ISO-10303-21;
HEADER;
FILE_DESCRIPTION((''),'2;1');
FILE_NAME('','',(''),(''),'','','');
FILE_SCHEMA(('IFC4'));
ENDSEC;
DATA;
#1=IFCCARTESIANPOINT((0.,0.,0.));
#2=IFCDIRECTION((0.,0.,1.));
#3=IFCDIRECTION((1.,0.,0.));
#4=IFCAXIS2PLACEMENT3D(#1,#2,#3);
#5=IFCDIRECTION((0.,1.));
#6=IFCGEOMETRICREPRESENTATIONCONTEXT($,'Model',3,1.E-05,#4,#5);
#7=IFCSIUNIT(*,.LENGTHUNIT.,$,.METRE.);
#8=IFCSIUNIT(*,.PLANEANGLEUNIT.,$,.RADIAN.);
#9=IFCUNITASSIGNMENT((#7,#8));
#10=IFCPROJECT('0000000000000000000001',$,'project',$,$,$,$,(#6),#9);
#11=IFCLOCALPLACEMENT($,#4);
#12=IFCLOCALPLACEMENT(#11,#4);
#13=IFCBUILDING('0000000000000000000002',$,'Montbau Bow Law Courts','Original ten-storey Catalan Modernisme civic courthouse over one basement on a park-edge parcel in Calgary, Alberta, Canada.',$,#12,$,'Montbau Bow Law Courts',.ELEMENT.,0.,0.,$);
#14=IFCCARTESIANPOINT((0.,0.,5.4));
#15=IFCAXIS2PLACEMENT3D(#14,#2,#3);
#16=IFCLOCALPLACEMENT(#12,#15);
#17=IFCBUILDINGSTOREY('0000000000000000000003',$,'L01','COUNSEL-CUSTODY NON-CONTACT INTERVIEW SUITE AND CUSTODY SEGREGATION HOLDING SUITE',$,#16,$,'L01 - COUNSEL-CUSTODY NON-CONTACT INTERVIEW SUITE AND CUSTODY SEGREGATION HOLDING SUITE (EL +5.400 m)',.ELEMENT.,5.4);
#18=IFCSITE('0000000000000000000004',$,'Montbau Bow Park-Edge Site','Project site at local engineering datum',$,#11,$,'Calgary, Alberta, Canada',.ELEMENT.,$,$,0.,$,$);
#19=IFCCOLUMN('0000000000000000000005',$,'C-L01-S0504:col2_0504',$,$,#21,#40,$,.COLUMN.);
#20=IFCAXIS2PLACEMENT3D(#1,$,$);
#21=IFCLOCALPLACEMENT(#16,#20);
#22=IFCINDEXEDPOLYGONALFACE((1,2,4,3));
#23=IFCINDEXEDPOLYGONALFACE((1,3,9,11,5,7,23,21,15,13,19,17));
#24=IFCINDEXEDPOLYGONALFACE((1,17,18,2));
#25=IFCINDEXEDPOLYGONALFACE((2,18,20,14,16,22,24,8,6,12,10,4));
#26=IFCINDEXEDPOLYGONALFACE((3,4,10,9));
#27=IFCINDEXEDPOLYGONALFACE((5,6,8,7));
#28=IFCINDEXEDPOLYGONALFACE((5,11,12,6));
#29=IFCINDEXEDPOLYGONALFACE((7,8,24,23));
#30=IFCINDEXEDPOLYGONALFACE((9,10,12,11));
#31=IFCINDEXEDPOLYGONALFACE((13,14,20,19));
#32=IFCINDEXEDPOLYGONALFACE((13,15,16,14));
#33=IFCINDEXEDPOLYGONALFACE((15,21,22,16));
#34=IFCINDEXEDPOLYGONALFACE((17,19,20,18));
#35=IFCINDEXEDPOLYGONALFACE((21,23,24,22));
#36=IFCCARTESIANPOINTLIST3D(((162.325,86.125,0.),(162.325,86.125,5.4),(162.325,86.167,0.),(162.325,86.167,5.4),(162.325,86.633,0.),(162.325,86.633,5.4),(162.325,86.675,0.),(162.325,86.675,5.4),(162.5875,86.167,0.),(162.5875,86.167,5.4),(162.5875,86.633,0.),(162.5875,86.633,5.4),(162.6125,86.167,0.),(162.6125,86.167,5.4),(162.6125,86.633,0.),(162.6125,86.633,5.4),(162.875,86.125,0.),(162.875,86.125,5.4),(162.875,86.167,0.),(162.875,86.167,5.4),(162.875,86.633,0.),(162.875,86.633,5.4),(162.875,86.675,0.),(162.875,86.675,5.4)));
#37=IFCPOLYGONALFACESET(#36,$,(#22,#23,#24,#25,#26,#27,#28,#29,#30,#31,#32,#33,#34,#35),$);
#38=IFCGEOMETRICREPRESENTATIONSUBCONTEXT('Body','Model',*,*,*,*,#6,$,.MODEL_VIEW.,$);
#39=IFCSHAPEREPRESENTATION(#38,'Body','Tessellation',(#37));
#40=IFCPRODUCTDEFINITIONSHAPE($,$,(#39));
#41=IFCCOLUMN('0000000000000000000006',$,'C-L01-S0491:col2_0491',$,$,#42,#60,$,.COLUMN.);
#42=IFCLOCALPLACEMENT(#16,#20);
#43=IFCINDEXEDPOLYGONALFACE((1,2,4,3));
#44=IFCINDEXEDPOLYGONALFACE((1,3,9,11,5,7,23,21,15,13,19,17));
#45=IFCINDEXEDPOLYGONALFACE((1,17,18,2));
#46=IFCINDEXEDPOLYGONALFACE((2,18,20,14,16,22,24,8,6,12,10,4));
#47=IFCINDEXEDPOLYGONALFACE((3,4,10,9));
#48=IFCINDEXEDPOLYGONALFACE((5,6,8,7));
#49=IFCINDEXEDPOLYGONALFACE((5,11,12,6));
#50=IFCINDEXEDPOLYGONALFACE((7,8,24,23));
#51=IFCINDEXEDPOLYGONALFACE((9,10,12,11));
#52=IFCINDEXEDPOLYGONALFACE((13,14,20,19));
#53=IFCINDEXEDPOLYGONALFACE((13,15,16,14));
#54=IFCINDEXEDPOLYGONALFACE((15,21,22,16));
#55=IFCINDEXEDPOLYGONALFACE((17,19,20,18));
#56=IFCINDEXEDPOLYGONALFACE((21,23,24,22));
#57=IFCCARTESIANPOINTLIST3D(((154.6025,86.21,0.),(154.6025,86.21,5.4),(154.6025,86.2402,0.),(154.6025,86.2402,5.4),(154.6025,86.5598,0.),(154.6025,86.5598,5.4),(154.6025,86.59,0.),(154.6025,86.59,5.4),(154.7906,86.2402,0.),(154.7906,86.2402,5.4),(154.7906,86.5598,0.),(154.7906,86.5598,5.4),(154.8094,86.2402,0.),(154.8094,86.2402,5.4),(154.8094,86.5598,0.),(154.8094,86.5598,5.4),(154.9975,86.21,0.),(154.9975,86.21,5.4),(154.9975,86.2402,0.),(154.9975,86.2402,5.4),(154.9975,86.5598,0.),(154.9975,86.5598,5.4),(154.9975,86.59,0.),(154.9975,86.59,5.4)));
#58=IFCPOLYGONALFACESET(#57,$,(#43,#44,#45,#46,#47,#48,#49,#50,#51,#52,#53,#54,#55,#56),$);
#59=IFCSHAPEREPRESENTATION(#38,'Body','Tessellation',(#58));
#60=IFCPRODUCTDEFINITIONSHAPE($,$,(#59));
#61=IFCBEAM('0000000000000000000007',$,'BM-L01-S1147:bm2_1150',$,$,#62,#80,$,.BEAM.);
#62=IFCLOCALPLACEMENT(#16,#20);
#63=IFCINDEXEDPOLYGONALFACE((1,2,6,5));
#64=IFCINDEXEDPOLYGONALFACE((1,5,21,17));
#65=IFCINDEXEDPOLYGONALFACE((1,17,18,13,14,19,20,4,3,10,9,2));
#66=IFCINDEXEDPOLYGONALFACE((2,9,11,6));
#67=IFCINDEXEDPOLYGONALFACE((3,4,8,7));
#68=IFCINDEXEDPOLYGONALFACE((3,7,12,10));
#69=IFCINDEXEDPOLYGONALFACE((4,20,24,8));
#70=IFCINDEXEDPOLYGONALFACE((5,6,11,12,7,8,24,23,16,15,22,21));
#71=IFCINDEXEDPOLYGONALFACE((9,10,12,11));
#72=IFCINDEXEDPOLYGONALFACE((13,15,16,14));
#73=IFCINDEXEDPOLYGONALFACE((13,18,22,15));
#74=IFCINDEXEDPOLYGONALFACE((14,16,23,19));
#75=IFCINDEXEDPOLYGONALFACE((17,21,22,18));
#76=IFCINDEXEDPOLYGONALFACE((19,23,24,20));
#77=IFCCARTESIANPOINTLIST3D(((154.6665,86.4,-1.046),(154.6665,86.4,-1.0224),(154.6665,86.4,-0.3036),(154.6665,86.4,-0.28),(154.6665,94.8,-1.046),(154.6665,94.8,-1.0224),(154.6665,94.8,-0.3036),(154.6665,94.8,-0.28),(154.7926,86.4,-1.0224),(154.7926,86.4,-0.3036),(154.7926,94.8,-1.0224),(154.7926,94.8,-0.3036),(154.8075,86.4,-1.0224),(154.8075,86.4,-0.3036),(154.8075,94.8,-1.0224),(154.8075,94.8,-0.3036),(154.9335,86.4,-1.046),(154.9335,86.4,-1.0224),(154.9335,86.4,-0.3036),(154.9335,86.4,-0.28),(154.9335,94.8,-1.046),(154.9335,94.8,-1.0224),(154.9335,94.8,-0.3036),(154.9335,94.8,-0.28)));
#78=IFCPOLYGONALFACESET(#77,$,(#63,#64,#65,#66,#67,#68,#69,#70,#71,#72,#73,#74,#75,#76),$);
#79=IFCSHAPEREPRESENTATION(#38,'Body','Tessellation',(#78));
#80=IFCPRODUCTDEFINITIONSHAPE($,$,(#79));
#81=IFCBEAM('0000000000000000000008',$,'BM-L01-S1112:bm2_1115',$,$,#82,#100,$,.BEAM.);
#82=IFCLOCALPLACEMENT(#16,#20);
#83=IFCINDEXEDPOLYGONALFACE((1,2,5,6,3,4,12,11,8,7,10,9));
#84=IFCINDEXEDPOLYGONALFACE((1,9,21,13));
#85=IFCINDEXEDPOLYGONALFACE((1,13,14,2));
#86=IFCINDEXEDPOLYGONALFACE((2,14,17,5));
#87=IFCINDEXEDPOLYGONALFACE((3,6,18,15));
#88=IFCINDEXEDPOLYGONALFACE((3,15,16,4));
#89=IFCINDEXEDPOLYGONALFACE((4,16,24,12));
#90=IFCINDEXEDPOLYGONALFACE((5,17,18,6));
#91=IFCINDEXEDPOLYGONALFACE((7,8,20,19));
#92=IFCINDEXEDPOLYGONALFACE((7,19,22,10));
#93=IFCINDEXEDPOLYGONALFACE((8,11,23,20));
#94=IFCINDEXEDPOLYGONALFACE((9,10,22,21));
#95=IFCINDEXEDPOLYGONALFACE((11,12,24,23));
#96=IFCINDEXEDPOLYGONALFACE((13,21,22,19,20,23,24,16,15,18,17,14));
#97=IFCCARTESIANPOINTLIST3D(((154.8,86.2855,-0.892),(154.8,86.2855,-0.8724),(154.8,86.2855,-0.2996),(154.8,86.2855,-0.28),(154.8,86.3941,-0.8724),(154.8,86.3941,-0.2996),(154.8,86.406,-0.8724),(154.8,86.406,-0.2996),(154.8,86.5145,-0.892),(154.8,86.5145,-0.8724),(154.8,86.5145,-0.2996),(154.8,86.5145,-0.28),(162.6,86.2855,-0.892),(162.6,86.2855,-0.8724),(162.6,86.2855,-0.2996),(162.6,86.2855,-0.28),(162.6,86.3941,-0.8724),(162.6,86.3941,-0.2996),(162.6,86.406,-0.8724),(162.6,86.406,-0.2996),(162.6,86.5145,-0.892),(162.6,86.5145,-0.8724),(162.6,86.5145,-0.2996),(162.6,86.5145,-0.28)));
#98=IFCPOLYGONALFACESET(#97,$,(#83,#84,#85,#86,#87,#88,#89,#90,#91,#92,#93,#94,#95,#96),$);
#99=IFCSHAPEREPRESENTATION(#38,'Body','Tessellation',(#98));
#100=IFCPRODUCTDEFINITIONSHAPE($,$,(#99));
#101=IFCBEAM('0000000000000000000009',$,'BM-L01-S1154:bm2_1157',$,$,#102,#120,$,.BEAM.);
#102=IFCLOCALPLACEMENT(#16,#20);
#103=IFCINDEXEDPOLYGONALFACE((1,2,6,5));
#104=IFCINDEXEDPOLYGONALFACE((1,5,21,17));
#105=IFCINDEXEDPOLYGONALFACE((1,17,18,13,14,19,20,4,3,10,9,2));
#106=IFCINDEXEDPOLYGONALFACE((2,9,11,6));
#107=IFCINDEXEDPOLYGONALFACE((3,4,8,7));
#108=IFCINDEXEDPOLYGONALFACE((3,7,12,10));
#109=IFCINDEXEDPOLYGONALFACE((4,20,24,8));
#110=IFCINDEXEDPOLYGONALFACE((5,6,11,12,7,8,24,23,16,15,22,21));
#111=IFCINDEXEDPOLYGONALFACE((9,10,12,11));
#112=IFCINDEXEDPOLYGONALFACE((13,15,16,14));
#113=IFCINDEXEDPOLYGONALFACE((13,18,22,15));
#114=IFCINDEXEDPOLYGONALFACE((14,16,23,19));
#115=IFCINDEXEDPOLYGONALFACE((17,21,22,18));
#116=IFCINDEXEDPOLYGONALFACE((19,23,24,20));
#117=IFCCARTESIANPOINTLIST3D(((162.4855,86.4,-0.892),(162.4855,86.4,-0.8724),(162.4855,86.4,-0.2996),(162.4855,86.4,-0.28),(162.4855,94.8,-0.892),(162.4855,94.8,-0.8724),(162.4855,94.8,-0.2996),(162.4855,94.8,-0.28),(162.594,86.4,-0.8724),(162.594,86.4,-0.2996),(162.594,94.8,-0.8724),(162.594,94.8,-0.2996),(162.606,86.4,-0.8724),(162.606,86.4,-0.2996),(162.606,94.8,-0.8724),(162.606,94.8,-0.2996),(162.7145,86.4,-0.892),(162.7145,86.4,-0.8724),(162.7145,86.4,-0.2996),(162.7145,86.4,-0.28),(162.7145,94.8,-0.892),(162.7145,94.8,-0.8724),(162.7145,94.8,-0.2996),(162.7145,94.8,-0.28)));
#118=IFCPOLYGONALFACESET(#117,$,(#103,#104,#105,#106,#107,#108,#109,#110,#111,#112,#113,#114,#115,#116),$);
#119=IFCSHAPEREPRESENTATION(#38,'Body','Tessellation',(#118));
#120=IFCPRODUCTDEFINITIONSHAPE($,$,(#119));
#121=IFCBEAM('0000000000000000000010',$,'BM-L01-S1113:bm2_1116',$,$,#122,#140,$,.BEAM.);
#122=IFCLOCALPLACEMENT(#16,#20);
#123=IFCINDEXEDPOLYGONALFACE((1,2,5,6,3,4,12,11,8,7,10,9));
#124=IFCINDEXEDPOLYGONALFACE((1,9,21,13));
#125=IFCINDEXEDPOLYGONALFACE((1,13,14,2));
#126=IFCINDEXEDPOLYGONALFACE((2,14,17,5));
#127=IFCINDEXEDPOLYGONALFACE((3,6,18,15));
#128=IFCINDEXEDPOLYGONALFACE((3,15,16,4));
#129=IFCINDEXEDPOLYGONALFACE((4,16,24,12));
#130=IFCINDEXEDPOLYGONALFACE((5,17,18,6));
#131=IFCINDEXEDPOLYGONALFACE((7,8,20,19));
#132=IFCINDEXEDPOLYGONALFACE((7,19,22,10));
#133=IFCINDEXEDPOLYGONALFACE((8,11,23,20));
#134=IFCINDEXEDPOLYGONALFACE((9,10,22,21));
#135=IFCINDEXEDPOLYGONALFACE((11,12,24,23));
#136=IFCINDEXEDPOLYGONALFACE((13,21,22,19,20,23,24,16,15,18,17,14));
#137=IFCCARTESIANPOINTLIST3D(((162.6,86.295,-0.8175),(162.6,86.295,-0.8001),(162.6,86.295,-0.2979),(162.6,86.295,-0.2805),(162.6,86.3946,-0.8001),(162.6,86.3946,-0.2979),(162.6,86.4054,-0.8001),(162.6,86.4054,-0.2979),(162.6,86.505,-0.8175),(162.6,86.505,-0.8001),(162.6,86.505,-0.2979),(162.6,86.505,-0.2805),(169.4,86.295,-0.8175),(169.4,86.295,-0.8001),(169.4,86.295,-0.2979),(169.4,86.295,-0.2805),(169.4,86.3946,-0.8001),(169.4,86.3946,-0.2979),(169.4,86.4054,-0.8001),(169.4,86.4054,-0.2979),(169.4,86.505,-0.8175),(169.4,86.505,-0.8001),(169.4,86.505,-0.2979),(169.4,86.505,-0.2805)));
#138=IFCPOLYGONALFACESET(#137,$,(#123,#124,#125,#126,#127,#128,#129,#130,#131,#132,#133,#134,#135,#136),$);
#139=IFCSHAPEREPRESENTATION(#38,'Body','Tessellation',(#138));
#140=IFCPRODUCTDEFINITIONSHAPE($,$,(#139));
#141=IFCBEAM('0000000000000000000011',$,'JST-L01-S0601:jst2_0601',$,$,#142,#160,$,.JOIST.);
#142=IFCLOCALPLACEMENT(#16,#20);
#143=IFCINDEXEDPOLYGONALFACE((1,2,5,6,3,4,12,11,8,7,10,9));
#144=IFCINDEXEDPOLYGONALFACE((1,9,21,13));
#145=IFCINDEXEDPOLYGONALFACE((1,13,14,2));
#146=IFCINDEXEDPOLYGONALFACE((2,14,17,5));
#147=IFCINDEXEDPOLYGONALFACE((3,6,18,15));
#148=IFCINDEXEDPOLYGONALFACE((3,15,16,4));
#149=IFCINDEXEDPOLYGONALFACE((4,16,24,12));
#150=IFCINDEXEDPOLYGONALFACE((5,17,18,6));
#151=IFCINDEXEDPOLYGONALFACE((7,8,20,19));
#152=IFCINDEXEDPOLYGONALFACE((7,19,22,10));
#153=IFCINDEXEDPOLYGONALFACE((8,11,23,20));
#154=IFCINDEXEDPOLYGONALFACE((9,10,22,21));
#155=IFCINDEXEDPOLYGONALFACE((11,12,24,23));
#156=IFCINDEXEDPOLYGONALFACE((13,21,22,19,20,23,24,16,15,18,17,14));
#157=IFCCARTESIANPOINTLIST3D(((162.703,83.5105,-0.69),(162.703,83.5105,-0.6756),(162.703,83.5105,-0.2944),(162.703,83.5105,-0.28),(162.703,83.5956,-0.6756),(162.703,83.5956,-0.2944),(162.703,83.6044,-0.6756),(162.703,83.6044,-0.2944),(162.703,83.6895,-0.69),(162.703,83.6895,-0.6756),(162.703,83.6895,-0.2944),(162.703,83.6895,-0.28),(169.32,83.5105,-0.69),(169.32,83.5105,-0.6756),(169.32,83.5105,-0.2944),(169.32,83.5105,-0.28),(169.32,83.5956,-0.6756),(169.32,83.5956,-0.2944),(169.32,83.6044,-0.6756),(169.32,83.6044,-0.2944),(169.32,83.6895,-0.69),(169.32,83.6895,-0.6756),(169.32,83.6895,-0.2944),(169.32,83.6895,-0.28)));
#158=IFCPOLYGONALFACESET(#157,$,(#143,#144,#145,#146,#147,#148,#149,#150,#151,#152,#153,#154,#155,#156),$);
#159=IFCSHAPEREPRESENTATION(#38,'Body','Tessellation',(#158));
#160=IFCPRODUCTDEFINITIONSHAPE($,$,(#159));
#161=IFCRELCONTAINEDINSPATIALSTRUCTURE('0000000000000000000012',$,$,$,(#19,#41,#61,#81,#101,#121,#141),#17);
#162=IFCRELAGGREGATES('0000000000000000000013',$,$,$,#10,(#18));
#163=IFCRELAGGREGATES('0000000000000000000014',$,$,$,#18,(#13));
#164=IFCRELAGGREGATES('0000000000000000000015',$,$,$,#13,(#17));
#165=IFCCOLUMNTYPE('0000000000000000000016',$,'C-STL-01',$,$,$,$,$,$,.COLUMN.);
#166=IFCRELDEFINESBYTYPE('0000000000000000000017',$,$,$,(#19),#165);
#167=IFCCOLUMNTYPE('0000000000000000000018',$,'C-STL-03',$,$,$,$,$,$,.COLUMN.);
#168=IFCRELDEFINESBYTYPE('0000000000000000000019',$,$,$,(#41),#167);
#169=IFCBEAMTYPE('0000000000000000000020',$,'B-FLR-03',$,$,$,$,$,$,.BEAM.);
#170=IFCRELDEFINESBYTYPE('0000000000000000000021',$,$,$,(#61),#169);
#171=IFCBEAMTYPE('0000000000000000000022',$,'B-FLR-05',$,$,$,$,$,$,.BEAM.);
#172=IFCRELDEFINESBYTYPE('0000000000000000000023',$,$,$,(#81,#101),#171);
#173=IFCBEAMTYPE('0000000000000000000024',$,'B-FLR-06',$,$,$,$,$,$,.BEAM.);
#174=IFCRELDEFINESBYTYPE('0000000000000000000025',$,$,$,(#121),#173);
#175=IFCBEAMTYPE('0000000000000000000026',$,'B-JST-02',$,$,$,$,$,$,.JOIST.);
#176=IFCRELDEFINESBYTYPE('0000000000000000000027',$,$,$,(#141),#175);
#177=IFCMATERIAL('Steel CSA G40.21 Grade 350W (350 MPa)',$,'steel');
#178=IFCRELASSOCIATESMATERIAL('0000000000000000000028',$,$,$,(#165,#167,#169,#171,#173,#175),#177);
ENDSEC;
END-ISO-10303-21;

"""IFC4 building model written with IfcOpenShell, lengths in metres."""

from ifc_helpers import new_model, si_unit, direction, frame, origin_with_axes, origin_2d_with_axis, place, context, subcontext, project, spatial, i_section, extrude, material, material_profile, profile_set, type_object, element, save


model = new_model("IFC4")

# Units and contexts
model_context = context("Model", 3, precision=1e-05, world=origin_with_axes(), true_north=direction((0.0, 1.0)))
body_context = subcontext(model_context, "Body", "Model", "MODEL_VIEW")
ifc_project = project(units=[si_unit("LENGTHUNIT", "METRE"), si_unit("PLANEANGLEUNIT", "RADIAN")], contexts=[model_context])

# Site, building, storey
site_placement = place(None, origin_with_axes())
site = spatial("IfcSite", under=ifc_project, at=site_placement, Name="Montbau Bow Park-Edge Site", Description="Project site at local engineering datum", LongName="Calgary, Alberta, Canada", CompositionType="ELEMENT", RefElevation=0.0)
building_placement = place(site_placement, origin_with_axes())
building = spatial("IfcBuilding", under=site, at=building_placement, Name="Montbau Bow Law Courts", Description="Original ten-storey Catalan Modernisme civic courthouse over one basement on a park-edge parcel in Calgary, Alberta, Canada.", LongName="Montbau Bow Law Courts", CompositionType="ELEMENT", ElevationOfRefHeight=0.0, ElevationOfTerrain=0.0)
storey_placement = place(building_placement, frame((0.0, 0.0, 5.4), z_axis=(0.0, 0.0, 1.0), x_axis=(1.0, 0.0, 0.0)))
storey = spatial("IfcBuildingStorey", under=building, at=storey_placement, Name="L01", Description="COUNSEL-CUSTODY NON-CONTACT INTERVIEW SUITE AND CUSTODY SEGREGATION HOLDING SUITE", LongName="L01 - COUNSEL-CUSTODY NON-CONTACT INTERVIEW SUITE AND CUSTODY SEGREGATION HOLDING SUITE (EL +5.400 m)", CompositionType="ELEMENT", Elevation=5.4)

# Columns
ifc_material_1 = material(Name="Steel CSA G40.21 Grade 350W (350 MPa)", Category="steel")
ifc_material_profile_1 = material_profile(ifc_material_1, i_section(OverallWidth=0.55, OverallDepth=0.55, WebThickness=0.025, FlangeThickness=0.042, at=origin_2d_with_axis()), Name="WWF550X420", Category="Main", Priority=0)
ifc_profile_set_1 = profile_set([ifc_material_profile_1], Name="Steel CSA G40.21 Grade 350W (350 MPa)")
column_type_1 = type_object("IfcColumnType", Name="C-STL-01", PredefinedType="COLUMN", material=ifc_profile_set_1)
column_1_placement = place(None, frame((162.6, 86.4, 5.4), z_axis=(0.0, 0.0, 1.0), x_axis=(1.0, 0.0, 0.0)))
element("IfcColumn", 1, at=column_1_placement, inside=storey, type_object=column_type_1, Name="C-L01-S0504:col2_0504", PredefinedType="COLUMN", context=body_context, shape_type="SweptSolid", body=[
    extrude(i_section(OverallWidth=0.55, OverallDepth=0.55, WebThickness=0.025, FlangeThickness=0.042, at=origin_2d_with_axis()), origin_with_axes(), (0.0, 0.0, 1.0), 5.4),
])
ifc_material_profile_2 = material_profile(ifc_material_1, i_section(OverallWidth=0.395, OverallDepth=0.38, WebThickness=0.0189, FlangeThickness=0.0302, at=origin_2d_with_axis()), Name="W360X237", Category="Main", Priority=0)
ifc_profile_set_2 = profile_set([ifc_material_profile_2], Name="Steel CSA G40.21 Grade 350W (350 MPa)")
column_type_2 = type_object("IfcColumnType", Name="C-STL-03", PredefinedType="COLUMN", material=ifc_profile_set_2)
column_2_placement = place(None, frame((154.8, 86.4, 5.4), z_axis=(0.0, 0.0, 1.0), x_axis=(1.0, 0.0, 0.0)))
element("IfcColumn", 2, at=column_2_placement, inside=storey, type_object=column_type_2, Name="C-L01-S0491:col2_0491", PredefinedType="COLUMN", context=body_context, shape_type="SweptSolid", body=[
    extrude(i_section(OverallWidth=0.395, OverallDepth=0.38, WebThickness=0.0189, FlangeThickness=0.0302, at=origin_2d_with_axis()), origin_with_axes(), (0.0, 0.0, 1.0), 5.4),
])

# Beams
ifc_material_profile_3 = material_profile(ifc_material_1, i_section(OverallWidth=0.267, OverallDepth=0.766, WebThickness=0.0149, FlangeThickness=0.0236, at=origin_2d_with_axis()), Name="W760X185", Category="Main", Priority=0)
ifc_profile_set_3 = profile_set([ifc_material_profile_3], Name="Steel CSA G40.21 Grade 350W (350 MPa)")
beam_type_1 = type_object("IfcBeamType", Name="B-FLR-03", PredefinedType="BEAM", material=ifc_profile_set_3)
beam_1_placement = place(None, frame((154.8, 86.4, 4.737), z_axis=(0.0, 1.0, 0.0), x_axis=(-1.0, 0.0, 0.0)))
element("IfcBeam", 3, at=beam_1_placement, inside=storey, type_object=beam_type_1, Name="BM-L01-S1147:bm2_1150", PredefinedType="BEAM", context=body_context, shape_type="SweptSolid", body=[
    extrude(i_section(OverallWidth=0.267, OverallDepth=0.766, WebThickness=0.0149, FlangeThickness=0.0236, at=origin_2d_with_axis()), origin_with_axes(), (0.0, 0.0, 1.0), 8.4),
])
ifc_material_profile_4 = material_profile(ifc_material_1, i_section(OverallWidth=0.229, OverallDepth=0.612, WebThickness=0.0119, FlangeThickness=0.0196, at=origin_2d_with_axis()), Name="W610X125", Category="Main", Priority=0)
ifc_profile_set_4 = profile_set([ifc_material_profile_4], Name="Steel CSA G40.21 Grade 350W (350 MPa)")
beam_type_2 = type_object("IfcBeamType", Name="B-FLR-05", PredefinedType="BEAM", material=ifc_profile_set_4)
beam_2_placement = place(None, frame((154.8, 86.4, 4.814), z_axis=(1.0, 0.0, 0.0), x_axis=(0.0, 1.0, 0.0)))
element("IfcBeam", 4, at=beam_2_placement, inside=storey, type_object=beam_type_2, Name="BM-L01-S1112:bm2_1115", PredefinedType="BEAM", context=body_context, shape_type="SweptSolid", body=[
    extrude(i_section(OverallWidth=0.229, OverallDepth=0.612, WebThickness=0.0119, FlangeThickness=0.0196, at=origin_2d_with_axis()), origin_with_axes(), (0.0, 0.0, 1.0), 7.8),
])
beam_3_placement = place(None, frame((162.6, 86.4, 4.814), z_axis=(0.0, 1.0, 0.0), x_axis=(-1.0, 0.0, 0.0)))
element("IfcBeam", 5, at=beam_3_placement, inside=storey, type_object=beam_type_2, Name="BM-L01-S1154:bm2_1157", PredefinedType="BEAM", context=body_context, shape_type="SweptSolid", body=[
    extrude(i_section(OverallWidth=0.229, OverallDepth=0.612, WebThickness=0.0119, FlangeThickness=0.0196, at=origin_2d_with_axis()), origin_with_axes(), (0.0, 0.0, 1.0), 8.4),
])
ifc_material_profile_5 = material_profile(ifc_material_1, i_section(OverallWidth=0.21, OverallDepth=0.537, WebThickness=0.0109, FlangeThickness=0.0174, at=origin_2d_with_axis()), Name="W530X101", Category="Main", Priority=0)
ifc_profile_set_5 = profile_set([ifc_material_profile_5], Name="Steel CSA G40.21 Grade 350W (350 MPa)")
beam_type_3 = type_object("IfcBeamType", Name="B-FLR-06", PredefinedType="BEAM", material=ifc_profile_set_5)
beam_4_placement = place(None, frame((162.6, 86.4, 4.851), z_axis=(1.0, 0.0, 0.0), x_axis=(0.0, 1.0, 0.0)))
element("IfcBeam", 6, at=beam_4_placement, inside=storey, type_object=beam_type_3, Name="BM-L01-S1113:bm2_1116", PredefinedType="BEAM", context=body_context, shape_type="SweptSolid", body=[
    extrude(i_section(OverallWidth=0.21, OverallDepth=0.537, WebThickness=0.0109, FlangeThickness=0.0174, at=origin_2d_with_axis()), origin_with_axes(), (0.0, 0.0, 1.0), 6.8),
])
ifc_material_profile_6 = material_profile(ifc_material_1, i_section(OverallWidth=0.179, OverallDepth=0.41, WebThickness=0.0088, FlangeThickness=0.0144, at=origin_2d_with_axis()), Name="W410X67", Category="Main", Priority=0)
ifc_profile_set_6 = profile_set([ifc_material_profile_6], Name="Steel CSA G40.21 Grade 350W (350 MPa)")
beam_type_4 = type_object("IfcBeamType", Name="B-JST-02", PredefinedType="JOIST", material=ifc_profile_set_6)
beam_5_placement = place(None, frame((162.703, 83.6, 4.915), z_axis=(1.0, 0.0, 0.0), x_axis=(0.0, 1.0, 0.0)))
element("IfcBeam", 7, at=beam_5_placement, inside=storey, type_object=beam_type_4, Name="JST-L01-S0601:jst2_0601", PredefinedType="JOIST", context=body_context, shape_type="SweptSolid", body=[
    extrude(i_section(OverallWidth=0.179, OverallDepth=0.41, WebThickness=0.0088, FlangeThickness=0.0144, at=origin_2d_with_axis()), origin_with_axes(), (0.0, 0.0, 1.0), 6.617),
])

save(model, "model.ifc")
